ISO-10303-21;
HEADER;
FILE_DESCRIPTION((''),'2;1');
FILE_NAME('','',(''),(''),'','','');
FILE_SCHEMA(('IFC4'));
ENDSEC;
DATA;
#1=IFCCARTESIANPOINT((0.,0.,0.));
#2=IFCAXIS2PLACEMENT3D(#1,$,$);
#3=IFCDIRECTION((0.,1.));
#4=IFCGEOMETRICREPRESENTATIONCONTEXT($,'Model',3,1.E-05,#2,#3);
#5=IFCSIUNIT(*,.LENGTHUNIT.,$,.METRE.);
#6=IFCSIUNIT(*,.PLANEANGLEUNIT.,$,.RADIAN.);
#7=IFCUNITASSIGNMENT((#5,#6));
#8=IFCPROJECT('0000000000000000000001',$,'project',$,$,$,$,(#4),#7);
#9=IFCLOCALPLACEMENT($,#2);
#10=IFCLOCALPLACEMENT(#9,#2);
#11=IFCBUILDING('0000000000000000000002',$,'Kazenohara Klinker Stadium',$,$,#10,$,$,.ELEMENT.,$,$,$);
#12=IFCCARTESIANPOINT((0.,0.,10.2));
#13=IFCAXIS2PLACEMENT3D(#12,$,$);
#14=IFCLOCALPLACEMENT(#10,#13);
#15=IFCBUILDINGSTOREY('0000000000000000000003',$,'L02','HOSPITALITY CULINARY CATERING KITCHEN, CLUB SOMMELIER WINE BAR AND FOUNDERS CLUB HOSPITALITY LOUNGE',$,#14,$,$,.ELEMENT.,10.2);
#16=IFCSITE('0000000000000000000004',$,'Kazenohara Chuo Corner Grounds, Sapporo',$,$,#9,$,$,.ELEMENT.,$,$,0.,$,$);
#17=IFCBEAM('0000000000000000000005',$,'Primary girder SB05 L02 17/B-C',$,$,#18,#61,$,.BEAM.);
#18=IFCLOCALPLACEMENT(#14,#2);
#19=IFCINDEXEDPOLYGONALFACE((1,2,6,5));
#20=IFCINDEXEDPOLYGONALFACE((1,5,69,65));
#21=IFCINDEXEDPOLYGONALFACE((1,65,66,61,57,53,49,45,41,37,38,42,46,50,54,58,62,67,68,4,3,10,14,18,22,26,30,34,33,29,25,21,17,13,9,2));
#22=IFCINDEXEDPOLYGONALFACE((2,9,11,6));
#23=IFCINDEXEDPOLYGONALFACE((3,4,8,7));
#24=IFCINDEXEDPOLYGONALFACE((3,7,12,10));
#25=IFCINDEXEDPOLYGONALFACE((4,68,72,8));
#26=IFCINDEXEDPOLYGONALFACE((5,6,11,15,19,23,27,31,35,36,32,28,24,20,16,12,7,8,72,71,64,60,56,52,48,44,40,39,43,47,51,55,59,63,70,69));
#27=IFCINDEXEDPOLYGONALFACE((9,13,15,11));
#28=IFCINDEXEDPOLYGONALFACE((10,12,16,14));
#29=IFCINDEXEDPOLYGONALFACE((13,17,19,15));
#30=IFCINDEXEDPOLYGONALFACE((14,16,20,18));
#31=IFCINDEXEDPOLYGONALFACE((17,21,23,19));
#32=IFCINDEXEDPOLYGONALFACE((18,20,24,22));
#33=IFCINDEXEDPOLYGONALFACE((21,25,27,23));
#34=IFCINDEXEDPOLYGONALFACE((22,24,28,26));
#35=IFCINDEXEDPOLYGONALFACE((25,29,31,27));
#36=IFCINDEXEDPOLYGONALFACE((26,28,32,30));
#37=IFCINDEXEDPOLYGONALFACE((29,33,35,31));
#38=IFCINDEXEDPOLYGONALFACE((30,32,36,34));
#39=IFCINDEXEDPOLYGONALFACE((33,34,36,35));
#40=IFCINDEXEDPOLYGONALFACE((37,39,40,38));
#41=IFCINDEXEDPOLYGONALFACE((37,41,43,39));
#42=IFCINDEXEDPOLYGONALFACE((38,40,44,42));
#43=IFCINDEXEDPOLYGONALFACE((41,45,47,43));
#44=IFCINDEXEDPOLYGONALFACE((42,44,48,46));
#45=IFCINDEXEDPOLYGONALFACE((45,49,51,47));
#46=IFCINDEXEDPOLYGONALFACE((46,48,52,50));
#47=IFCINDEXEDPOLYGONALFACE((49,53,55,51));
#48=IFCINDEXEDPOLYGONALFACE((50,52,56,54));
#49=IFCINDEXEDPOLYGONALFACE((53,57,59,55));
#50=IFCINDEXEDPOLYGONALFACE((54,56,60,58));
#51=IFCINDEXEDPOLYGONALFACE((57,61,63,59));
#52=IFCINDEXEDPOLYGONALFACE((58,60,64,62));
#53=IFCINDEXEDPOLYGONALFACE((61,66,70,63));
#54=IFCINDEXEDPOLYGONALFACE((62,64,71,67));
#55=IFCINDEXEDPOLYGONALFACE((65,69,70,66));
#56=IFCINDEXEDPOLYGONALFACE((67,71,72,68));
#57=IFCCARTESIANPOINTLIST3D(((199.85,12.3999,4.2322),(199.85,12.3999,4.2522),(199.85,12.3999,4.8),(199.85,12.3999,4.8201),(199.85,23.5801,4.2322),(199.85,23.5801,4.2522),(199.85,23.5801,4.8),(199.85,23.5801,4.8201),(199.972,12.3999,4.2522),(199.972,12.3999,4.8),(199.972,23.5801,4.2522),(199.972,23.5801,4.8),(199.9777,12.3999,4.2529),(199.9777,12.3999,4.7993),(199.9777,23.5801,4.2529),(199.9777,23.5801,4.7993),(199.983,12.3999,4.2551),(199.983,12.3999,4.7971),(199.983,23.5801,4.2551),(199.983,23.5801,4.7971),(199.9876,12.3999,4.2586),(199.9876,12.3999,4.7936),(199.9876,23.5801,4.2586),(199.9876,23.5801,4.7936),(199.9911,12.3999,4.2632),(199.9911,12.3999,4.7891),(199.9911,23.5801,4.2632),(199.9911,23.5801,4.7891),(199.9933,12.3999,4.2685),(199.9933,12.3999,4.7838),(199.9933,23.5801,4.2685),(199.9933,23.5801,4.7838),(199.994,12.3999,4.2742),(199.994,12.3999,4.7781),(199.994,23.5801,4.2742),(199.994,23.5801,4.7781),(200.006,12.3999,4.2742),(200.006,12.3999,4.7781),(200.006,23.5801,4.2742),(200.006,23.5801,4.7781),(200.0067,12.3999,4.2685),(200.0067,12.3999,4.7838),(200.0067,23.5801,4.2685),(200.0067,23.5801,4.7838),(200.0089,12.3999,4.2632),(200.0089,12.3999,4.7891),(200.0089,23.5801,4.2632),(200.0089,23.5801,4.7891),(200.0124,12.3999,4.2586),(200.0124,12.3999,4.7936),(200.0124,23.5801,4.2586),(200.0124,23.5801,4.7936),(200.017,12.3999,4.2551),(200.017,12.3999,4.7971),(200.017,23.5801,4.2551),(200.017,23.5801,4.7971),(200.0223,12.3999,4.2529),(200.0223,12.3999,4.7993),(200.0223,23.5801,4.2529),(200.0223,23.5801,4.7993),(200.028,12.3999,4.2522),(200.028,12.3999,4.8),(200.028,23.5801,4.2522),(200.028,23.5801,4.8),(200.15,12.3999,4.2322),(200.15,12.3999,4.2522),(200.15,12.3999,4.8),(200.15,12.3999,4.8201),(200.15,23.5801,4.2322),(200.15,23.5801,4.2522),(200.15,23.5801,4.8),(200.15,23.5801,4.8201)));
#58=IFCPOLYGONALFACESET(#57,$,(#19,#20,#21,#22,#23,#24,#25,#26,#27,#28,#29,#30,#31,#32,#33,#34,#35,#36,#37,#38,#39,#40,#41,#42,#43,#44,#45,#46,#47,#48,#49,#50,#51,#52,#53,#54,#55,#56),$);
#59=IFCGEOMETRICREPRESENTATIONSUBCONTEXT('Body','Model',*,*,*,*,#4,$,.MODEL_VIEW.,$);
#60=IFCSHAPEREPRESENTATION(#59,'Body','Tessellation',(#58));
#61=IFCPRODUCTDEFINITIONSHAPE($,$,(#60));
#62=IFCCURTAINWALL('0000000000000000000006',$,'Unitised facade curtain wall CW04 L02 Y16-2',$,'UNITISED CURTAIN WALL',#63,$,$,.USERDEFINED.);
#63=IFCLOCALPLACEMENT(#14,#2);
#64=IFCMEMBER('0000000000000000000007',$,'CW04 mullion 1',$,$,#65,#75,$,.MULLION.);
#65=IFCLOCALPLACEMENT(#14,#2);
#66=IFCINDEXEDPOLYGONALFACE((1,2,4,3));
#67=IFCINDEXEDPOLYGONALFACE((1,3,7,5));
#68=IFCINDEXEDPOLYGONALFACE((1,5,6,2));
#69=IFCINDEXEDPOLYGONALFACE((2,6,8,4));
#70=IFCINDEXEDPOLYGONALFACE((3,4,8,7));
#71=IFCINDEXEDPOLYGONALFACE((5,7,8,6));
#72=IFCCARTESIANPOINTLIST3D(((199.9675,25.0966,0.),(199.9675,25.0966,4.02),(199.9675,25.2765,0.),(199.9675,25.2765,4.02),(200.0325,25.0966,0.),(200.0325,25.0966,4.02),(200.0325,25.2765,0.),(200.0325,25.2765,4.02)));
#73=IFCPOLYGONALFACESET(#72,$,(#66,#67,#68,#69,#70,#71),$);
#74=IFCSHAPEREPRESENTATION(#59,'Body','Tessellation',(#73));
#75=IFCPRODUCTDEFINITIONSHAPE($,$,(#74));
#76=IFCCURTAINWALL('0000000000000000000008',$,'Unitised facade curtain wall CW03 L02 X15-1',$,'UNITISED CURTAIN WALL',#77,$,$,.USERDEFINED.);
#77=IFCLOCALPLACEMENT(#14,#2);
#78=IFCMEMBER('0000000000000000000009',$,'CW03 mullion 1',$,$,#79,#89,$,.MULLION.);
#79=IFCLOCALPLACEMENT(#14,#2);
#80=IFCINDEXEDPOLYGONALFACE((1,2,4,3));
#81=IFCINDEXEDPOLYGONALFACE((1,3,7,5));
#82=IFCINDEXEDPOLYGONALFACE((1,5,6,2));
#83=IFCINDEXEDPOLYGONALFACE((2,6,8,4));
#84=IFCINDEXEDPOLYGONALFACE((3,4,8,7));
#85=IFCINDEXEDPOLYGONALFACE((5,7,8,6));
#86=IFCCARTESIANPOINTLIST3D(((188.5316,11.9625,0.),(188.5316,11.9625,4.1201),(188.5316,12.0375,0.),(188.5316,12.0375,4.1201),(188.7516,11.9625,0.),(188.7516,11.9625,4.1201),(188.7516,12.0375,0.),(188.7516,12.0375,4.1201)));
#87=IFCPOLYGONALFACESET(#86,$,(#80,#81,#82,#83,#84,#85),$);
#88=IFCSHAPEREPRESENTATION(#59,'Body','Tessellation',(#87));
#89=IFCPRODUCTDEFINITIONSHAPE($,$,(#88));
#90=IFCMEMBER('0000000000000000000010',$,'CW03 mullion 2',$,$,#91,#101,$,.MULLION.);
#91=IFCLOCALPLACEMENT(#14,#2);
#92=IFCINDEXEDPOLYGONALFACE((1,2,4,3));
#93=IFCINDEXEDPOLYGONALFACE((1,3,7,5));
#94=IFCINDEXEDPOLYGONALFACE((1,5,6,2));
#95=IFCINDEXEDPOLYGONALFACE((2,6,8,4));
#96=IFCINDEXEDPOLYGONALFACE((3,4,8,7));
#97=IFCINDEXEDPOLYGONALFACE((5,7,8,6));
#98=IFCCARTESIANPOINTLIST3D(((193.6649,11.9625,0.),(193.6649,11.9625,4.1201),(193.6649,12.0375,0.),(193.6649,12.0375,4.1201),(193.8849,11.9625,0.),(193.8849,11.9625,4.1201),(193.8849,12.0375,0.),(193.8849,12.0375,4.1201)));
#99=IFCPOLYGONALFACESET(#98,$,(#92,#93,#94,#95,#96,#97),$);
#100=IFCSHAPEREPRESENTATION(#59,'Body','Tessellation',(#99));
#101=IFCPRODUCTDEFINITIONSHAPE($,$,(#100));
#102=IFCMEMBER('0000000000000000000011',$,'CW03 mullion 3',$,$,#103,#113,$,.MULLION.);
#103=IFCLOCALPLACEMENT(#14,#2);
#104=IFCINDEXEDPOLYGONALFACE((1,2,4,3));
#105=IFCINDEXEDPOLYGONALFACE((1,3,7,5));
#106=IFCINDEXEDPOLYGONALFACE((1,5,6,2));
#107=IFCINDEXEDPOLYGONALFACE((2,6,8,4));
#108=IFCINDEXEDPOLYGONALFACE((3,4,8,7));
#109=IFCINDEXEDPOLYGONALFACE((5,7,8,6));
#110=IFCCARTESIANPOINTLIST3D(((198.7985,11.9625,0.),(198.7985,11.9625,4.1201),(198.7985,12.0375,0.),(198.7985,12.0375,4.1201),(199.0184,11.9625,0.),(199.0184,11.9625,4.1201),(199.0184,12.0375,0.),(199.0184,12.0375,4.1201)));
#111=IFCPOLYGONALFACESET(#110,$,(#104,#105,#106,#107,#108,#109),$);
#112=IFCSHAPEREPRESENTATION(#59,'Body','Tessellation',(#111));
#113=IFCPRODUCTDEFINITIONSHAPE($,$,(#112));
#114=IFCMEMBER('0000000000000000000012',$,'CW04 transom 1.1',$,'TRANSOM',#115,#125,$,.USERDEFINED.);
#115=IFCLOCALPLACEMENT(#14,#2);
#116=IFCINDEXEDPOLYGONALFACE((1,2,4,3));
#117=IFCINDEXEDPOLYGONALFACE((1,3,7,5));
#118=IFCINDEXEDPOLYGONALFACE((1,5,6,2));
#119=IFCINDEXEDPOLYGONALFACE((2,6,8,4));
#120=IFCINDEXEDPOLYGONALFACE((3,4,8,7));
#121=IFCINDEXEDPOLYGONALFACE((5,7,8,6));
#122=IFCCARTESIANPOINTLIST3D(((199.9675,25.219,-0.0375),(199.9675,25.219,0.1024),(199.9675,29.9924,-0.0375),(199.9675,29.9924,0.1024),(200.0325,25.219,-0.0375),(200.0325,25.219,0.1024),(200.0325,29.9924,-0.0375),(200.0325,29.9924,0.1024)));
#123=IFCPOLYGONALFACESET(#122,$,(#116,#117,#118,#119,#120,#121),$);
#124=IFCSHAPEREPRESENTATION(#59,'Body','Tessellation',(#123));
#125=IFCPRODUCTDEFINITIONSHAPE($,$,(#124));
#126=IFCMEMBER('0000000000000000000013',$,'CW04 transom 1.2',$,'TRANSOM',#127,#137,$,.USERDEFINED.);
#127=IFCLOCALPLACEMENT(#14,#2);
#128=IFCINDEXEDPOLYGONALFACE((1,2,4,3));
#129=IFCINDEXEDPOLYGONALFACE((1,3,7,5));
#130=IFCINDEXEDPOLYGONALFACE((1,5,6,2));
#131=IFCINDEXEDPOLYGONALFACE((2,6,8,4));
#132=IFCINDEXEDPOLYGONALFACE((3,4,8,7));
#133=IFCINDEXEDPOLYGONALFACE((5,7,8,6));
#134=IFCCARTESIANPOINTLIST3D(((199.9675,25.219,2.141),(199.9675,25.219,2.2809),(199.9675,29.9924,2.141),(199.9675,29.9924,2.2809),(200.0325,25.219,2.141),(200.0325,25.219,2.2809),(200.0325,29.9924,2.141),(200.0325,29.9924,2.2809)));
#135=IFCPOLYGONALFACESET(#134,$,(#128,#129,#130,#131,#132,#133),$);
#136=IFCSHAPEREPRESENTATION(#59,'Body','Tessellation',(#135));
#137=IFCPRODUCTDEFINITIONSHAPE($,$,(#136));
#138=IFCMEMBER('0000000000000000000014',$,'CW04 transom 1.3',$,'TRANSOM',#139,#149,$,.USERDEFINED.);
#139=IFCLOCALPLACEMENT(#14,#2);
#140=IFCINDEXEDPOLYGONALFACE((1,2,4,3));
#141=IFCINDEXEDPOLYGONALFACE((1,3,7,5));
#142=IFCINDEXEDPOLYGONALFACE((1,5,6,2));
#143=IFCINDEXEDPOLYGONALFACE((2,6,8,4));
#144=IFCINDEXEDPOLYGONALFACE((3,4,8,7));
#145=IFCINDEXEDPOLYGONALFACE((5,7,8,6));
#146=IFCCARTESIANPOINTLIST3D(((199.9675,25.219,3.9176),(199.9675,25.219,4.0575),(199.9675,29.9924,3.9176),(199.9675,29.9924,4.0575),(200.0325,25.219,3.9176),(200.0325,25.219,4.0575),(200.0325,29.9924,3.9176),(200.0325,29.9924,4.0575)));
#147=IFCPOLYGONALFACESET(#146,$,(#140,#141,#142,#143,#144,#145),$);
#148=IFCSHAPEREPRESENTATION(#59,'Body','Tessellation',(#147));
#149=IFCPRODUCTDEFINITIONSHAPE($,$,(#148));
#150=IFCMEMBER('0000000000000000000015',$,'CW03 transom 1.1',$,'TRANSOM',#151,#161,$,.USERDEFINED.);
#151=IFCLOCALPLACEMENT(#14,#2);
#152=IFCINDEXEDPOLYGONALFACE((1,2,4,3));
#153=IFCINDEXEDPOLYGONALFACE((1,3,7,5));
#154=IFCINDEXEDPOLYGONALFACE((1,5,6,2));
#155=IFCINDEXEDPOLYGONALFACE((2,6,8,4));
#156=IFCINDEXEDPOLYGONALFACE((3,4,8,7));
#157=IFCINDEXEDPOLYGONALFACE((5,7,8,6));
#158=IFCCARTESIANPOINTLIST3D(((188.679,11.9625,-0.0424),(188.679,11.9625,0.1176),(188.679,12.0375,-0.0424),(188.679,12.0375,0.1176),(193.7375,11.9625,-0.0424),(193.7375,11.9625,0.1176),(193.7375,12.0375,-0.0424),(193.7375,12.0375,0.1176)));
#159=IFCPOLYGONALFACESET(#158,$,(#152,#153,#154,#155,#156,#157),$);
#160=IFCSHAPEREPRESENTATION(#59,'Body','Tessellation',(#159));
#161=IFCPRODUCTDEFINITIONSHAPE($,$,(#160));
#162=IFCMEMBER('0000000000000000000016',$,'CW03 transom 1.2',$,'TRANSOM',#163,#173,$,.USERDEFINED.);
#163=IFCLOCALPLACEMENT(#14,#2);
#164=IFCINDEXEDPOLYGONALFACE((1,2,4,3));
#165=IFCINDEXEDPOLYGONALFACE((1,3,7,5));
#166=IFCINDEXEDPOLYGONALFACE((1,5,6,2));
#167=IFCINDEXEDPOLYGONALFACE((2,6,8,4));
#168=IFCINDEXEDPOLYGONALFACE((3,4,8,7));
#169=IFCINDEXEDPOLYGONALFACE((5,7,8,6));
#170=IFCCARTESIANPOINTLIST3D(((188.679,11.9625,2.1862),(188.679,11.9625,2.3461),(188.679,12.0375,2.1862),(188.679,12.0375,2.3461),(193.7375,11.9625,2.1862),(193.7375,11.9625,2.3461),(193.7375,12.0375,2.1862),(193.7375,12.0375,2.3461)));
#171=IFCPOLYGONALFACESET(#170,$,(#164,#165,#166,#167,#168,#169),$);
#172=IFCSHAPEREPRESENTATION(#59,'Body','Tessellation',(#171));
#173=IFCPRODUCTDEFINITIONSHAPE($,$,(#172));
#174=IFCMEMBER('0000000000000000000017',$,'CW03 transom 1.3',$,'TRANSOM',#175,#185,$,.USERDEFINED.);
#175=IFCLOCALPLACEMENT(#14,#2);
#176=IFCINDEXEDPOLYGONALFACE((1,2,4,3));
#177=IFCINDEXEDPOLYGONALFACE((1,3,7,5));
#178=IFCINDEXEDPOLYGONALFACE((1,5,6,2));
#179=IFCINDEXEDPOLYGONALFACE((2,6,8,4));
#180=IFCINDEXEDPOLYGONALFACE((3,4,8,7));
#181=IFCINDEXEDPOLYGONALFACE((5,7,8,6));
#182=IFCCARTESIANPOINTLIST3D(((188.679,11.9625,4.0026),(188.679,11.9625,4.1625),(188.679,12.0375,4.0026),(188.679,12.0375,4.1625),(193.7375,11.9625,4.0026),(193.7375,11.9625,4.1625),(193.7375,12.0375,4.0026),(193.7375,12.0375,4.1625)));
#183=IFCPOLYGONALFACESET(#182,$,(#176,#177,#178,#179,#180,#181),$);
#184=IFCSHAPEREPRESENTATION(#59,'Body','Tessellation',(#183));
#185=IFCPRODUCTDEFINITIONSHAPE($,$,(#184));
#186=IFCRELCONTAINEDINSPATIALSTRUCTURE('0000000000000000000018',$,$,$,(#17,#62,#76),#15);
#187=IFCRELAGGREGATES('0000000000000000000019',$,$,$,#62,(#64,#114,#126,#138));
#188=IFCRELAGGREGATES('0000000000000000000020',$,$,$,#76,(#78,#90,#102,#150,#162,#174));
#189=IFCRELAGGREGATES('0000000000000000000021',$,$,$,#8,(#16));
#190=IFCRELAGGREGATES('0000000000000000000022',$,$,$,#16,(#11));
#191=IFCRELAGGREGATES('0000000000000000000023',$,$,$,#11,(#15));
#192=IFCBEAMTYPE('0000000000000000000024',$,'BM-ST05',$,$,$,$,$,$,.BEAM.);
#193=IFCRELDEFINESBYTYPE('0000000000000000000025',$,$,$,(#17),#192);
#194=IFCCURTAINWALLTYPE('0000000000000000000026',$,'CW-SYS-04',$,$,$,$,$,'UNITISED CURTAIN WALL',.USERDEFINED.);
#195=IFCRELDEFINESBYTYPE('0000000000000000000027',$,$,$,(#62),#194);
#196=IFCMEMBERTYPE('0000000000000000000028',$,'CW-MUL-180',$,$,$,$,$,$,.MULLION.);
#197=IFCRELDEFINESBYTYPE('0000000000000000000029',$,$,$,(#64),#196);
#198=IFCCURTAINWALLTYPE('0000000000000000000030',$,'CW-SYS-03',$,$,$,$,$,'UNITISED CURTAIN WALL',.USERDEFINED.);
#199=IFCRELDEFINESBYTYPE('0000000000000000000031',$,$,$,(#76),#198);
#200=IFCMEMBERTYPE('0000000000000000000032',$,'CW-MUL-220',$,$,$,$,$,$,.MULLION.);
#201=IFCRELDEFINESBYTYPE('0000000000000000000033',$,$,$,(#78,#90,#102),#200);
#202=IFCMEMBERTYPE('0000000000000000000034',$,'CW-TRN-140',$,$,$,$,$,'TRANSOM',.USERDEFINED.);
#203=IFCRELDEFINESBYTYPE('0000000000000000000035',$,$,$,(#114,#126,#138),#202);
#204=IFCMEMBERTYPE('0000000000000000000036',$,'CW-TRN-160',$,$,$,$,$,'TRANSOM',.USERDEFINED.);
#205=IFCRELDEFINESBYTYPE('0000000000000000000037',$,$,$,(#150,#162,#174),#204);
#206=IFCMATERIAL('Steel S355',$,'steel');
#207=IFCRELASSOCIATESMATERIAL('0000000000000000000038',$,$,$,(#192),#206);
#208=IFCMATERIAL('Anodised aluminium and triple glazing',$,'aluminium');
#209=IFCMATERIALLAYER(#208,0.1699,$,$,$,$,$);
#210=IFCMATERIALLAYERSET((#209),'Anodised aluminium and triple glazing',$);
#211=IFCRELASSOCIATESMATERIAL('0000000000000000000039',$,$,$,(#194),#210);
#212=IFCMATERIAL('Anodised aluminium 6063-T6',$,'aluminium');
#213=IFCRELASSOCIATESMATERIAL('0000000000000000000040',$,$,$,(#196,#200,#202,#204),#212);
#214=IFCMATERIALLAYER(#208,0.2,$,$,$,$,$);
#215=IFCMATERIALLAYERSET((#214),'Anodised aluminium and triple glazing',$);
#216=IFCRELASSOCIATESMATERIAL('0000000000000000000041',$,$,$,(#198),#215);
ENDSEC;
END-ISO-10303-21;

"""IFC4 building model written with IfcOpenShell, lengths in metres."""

from ifc_helpers import new_model, si_unit, direction, frame, origin, origin_2d, place, context, subcontext, project, spatial, rectangle, i_section, extrude, material, layer, layer_set, material_profile, profile_set, type_object, element, aggregate, save


model = new_model("IFC4")

# Units and contexts
model_context = context("Model", 3, precision=1e-05, world=origin(), true_north=direction((0.0, 1.0)))
body_context = subcontext(model_context, "Body", "Model", "MODEL_VIEW")
ifc_project = project(units=[si_unit("LENGTHUNIT", "METRE"), si_unit("PLANEANGLEUNIT", "RADIAN")], contexts=[model_context])

# Site, building, storey
site_placement = place(None, origin())
site = spatial("IfcSite", under=ifc_project, at=site_placement, Name="Kazenohara Chuo Corner Grounds, Sapporo", CompositionType="ELEMENT", RefElevation=0.0)
building_placement = place(site_placement, origin())
building = spatial("IfcBuilding", under=site, at=building_placement, Name="Kazenohara Klinker Stadium", CompositionType="ELEMENT")
storey_placement = place(building_placement, frame((0.0, 0.0, 10.2)))
storey = spatial("IfcBuildingStorey", under=building, at=storey_placement, Name="L02", Description="HOSPITALITY CULINARY CATERING KITCHEN, CLUB SOMMELIER WINE BAR AND FOUNDERS CLUB HOSPITALITY LOUNGE", CompositionType="ELEMENT", Elevation=10.2)

# Beam
ifc_material_1 = material(Name="Steel S355", Category="steel")
ifc_material_profile_1 = material_profile(ifc_material_1, i_section(OverallWidth=0.3, OverallDepth=0.5879, WebThickness=0.012, FlangeThickness=0.02, FilletRadius=0.022, at=origin_2d()), Name="H-588x300x12x20")
ifc_profile_set_1 = profile_set([ifc_material_profile_1], Name="Steel S355")
beam_type_1 = type_object("IfcBeamType", Name="BM-ST05", PredefinedType="BEAM", material=ifc_profile_set_1)
beam_1_placement = place(storey_placement, frame((200.0, 12.3999, 4.5261), z_axis=(0.0, 1.0, 0.0), x_axis=(-1.0, 0.0, 0.0)))
element("IfcBeam", 1, at=beam_1_placement, inside=storey, type_object=beam_type_1, Name="Primary girder SB05 L02 17/B-C", PredefinedType="BEAM", context=body_context, shape_type="SweptSolid", body=[
    extrude(i_section(OverallWidth=0.3, OverallDepth=0.5879, WebThickness=0.012, FlangeThickness=0.02, FilletRadius=0.022, at=origin_2d()), origin(), (0.0, 0.0, 1.0), 11.1802),
])

# Curtain wall, member
ifc_material_2 = material(Name="Anodised aluminium and triple glazing", Category="aluminium")
ifc_layer_1 = layer(ifc_material_2, 0.1699)
ifc_layer_set_1 = layer_set([ifc_layer_1], Name="Anodised aluminium and triple glazing")
curtain_wall_type_1 = type_object("IfcCurtainWallType", Name="CW-SYS-04", ElementType="UNITISED CURTAIN WALL", PredefinedType="USERDEFINED", material=ifc_layer_set_1)
curtain_wall_1_placement = place(storey_placement, origin())
curtain_wall_1 = element("IfcCurtainWall", 2, at=curtain_wall_1_placement, inside=storey, type_object=curtain_wall_type_1, Name="Unitised facade curtain wall CW04 L02 Y16-2", ObjectType="UNITISED CURTAIN WALL", PredefinedType="USERDEFINED")
ifc_material_3 = material(Name="Anodised aluminium 6063-T6", Category="aluminium")
ifc_material_profile_2 = material_profile(ifc_material_3, rectangle(XDim=0.0649, YDim=0.1799, at=origin_2d()), Name="ALU-MUL-65x180")
ifc_profile_set_2 = profile_set([ifc_material_profile_2], Name="Anodised aluminium 6063-T6")
member_type_1 = type_object("IfcMemberType", Name="CW-MUL-180", PredefinedType="MULLION", material=ifc_profile_set_2)
member_1_placement = place(storey_placement, frame((200.0, 25.1865, 0.0), z_axis=(0.0, 0.0, 1.0), x_axis=(-1.0, 0.0, 0.0)))
member_1 = element("IfcMember", 3, at=member_1_placement, type_object=member_type_1, Name="CW04 mullion 1", PredefinedType="MULLION", context=body_context, shape_type="SweptSolid", body=[
    extrude(rectangle(XDim=0.0649, YDim=0.1799, at=origin_2d()), origin(), (0.0, 0.0, 1.0), 4.02),
])

# Curtain wall, members
ifc_layer_2 = layer(ifc_material_2, 0.2)
ifc_layer_set_2 = layer_set([ifc_layer_2], Name="Anodised aluminium and triple glazing")
curtain_wall_type_2 = type_object("IfcCurtainWallType", Name="CW-SYS-03", ElementType="UNITISED CURTAIN WALL", PredefinedType="USERDEFINED", material=ifc_layer_set_2)
curtain_wall_2_placement = place(storey_placement, origin())
curtain_wall_2 = element("IfcCurtainWall", 4, at=curtain_wall_2_placement, inside=storey, type_object=curtain_wall_type_2, Name="Unitised facade curtain wall CW03 L02 X15-1", ObjectType="UNITISED CURTAIN WALL", PredefinedType="USERDEFINED")
ifc_material_profile_3 = material_profile(ifc_material_3, rectangle(XDim=0.075, YDim=0.22, at=origin_2d()), Name="ALU-MUL-75x220")
ifc_profile_set_3 = profile_set([ifc_material_profile_3], Name="Anodised aluminium 6063-T6")
member_type_2 = type_object("IfcMemberType", Name="CW-MUL-220", PredefinedType="MULLION", material=ifc_profile_set_3)
member_2_placement = place(storey_placement, frame((188.6416, 12.0, 0.0), z_axis=(0.0, 0.0, 1.0), x_axis=(0.0, 1.0, 0.0)))
member_2 = element("IfcMember", 5, at=member_2_placement, type_object=member_type_2, Name="CW03 mullion 1", PredefinedType="MULLION", context=body_context, shape_type="SweptSolid", body=[
    extrude(rectangle(XDim=0.075, YDim=0.22, at=origin_2d()), origin(), (0.0, 0.0, 1.0), 4.1201),
])
member_3_placement = place(storey_placement, frame((193.7749, 12.0, 0.0), z_axis=(0.0, 0.0, 1.0), x_axis=(0.0, 1.0, 0.0)))
member_3 = element("IfcMember", 6, at=member_3_placement, type_object=member_type_2, Name="CW03 mullion 2", PredefinedType="MULLION", context=body_context, shape_type="SweptSolid", body=[
    extrude(rectangle(XDim=0.075, YDim=0.22, at=origin_2d()), origin(), (0.0, 0.0, 1.0), 4.1201),
])
member_4_placement = place(storey_placement, frame((198.9084, 12.0, 0.0), z_axis=(0.0, 0.0, 1.0), x_axis=(0.0, 1.0, 0.0)))
member_4 = element("IfcMember", 7, at=member_4_placement, type_object=member_type_2, Name="CW03 mullion 3", PredefinedType="MULLION", context=body_context, shape_type="SweptSolid", body=[
    extrude(rectangle(XDim=0.075, YDim=0.22, at=origin_2d()), origin(), (0.0, 0.0, 1.0), 4.1201),
])

# Members
ifc_material_profile_4 = material_profile(ifc_material_3, rectangle(XDim=0.0649, YDim=0.1399, at=origin_2d()), Name="ALU-TRN-65x140")
ifc_profile_set_4 = profile_set([ifc_material_profile_4], Name="Anodised aluminium 6063-T6")
member_type_3 = type_object("IfcMemberType", Name="CW-TRN-140", ElementType="TRANSOM", PredefinedType="USERDEFINED", material=ifc_profile_set_4)
member_5_placement = place(storey_placement, frame((200.0, 25.219, 0.0325), z_axis=(0.0, 1.0, 0.0), x_axis=(-1.0, 0.0, 0.0)))
member_5 = element("IfcMember", 8, at=member_5_placement, type_object=member_type_3, Name="CW04 transom 1.1", ObjectType="TRANSOM", PredefinedType="USERDEFINED", context=body_context, shape_type="SweptSolid", body=[
    extrude(rectangle(XDim=0.0649, YDim=0.1399, at=origin_2d()), origin(), (0.0, 0.0, 1.0), 4.7734),
])
member_6_placement = place(storey_placement, frame((200.0, 25.219, 2.2109), z_axis=(0.0, 1.0, 0.0), x_axis=(-1.0, 0.0, 0.0)))
member_6 = element("IfcMember", 9, at=member_6_placement, type_object=member_type_3, Name="CW04 transom 1.2", ObjectType="TRANSOM", PredefinedType="USERDEFINED", context=body_context, shape_type="SweptSolid", body=[
    extrude(rectangle(XDim=0.0649, YDim=0.1399, at=origin_2d()), origin(), (0.0, 0.0, 1.0), 4.7734),
])
member_7_placement = place(storey_placement, frame((200.0, 25.219, 3.9875), z_axis=(0.0, 1.0, 0.0), x_axis=(-1.0, 0.0, 0.0)))
member_7 = element("IfcMember", 10, at=member_7_placement, type_object=member_type_3, Name="CW04 transom 1.3", ObjectType="TRANSOM", PredefinedType="USERDEFINED", context=body_context, shape_type="SweptSolid", body=[
    extrude(rectangle(XDim=0.0649, YDim=0.1399, at=origin_2d()), origin(), (0.0, 0.0, 1.0), 4.7734),
])
ifc_material_profile_5 = material_profile(ifc_material_3, rectangle(XDim=0.075, YDim=0.1599, at=origin_2d()), Name="ALU-TRN-75x160")
ifc_profile_set_5 = profile_set([ifc_material_profile_5], Name="Anodised aluminium 6063-T6")
member_type_4 = type_object("IfcMemberType", Name="CW-TRN-160", ElementType="TRANSOM", PredefinedType="USERDEFINED", material=ifc_profile_set_5)
member_8_placement = place(storey_placement, frame((188.679, 12.0, 0.0376), z_axis=(1.0, 0.0, 0.0), x_axis=(0.0, 1.0, 0.0)))
member_8 = element("IfcMember", 11, at=member_8_placement, type_object=member_type_4, Name="CW03 transom 1.1", ObjectType="TRANSOM", PredefinedType="USERDEFINED", context=body_context, shape_type="SweptSolid", body=[
    extrude(rectangle(XDim=0.075, YDim=0.1599, at=origin_2d()), origin(), (0.0, 0.0, 1.0), 5.0586),
])
member_9_placement = place(storey_placement, frame((188.679, 12.0, 2.2661), z_axis=(1.0, 0.0, 0.0), x_axis=(0.0, 1.0, 0.0)))
member_9 = element("IfcMember", 12, at=member_9_placement, type_object=member_type_4, Name="CW03 transom 1.2", ObjectType="TRANSOM", PredefinedType="USERDEFINED", context=body_context, shape_type="SweptSolid", body=[
    extrude(rectangle(XDim=0.075, YDim=0.1599, at=origin_2d()), origin(), (0.0, 0.0, 1.0), 5.0586),
])
member_10_placement = place(storey_placement, frame((188.679, 12.0, 4.0825), z_axis=(1.0, 0.0, 0.0), x_axis=(0.0, 1.0, 0.0)))
member_10 = element("IfcMember", 13, at=member_10_placement, type_object=member_type_4, Name="CW03 transom 1.3", ObjectType="TRANSOM", PredefinedType="USERDEFINED", context=body_context, shape_type="SweptSolid", body=[
    extrude(rectangle(XDim=0.075, YDim=0.1599, at=origin_2d()), origin(), (0.0, 0.0, 1.0), 5.0586),
])

aggregate(curtain_wall_1, [member_1, member_5, member_6, member_7])
aggregate(curtain_wall_2, [member_2, member_3, member_4, member_8, member_9, member_10])

save(model, "model.ifc")
